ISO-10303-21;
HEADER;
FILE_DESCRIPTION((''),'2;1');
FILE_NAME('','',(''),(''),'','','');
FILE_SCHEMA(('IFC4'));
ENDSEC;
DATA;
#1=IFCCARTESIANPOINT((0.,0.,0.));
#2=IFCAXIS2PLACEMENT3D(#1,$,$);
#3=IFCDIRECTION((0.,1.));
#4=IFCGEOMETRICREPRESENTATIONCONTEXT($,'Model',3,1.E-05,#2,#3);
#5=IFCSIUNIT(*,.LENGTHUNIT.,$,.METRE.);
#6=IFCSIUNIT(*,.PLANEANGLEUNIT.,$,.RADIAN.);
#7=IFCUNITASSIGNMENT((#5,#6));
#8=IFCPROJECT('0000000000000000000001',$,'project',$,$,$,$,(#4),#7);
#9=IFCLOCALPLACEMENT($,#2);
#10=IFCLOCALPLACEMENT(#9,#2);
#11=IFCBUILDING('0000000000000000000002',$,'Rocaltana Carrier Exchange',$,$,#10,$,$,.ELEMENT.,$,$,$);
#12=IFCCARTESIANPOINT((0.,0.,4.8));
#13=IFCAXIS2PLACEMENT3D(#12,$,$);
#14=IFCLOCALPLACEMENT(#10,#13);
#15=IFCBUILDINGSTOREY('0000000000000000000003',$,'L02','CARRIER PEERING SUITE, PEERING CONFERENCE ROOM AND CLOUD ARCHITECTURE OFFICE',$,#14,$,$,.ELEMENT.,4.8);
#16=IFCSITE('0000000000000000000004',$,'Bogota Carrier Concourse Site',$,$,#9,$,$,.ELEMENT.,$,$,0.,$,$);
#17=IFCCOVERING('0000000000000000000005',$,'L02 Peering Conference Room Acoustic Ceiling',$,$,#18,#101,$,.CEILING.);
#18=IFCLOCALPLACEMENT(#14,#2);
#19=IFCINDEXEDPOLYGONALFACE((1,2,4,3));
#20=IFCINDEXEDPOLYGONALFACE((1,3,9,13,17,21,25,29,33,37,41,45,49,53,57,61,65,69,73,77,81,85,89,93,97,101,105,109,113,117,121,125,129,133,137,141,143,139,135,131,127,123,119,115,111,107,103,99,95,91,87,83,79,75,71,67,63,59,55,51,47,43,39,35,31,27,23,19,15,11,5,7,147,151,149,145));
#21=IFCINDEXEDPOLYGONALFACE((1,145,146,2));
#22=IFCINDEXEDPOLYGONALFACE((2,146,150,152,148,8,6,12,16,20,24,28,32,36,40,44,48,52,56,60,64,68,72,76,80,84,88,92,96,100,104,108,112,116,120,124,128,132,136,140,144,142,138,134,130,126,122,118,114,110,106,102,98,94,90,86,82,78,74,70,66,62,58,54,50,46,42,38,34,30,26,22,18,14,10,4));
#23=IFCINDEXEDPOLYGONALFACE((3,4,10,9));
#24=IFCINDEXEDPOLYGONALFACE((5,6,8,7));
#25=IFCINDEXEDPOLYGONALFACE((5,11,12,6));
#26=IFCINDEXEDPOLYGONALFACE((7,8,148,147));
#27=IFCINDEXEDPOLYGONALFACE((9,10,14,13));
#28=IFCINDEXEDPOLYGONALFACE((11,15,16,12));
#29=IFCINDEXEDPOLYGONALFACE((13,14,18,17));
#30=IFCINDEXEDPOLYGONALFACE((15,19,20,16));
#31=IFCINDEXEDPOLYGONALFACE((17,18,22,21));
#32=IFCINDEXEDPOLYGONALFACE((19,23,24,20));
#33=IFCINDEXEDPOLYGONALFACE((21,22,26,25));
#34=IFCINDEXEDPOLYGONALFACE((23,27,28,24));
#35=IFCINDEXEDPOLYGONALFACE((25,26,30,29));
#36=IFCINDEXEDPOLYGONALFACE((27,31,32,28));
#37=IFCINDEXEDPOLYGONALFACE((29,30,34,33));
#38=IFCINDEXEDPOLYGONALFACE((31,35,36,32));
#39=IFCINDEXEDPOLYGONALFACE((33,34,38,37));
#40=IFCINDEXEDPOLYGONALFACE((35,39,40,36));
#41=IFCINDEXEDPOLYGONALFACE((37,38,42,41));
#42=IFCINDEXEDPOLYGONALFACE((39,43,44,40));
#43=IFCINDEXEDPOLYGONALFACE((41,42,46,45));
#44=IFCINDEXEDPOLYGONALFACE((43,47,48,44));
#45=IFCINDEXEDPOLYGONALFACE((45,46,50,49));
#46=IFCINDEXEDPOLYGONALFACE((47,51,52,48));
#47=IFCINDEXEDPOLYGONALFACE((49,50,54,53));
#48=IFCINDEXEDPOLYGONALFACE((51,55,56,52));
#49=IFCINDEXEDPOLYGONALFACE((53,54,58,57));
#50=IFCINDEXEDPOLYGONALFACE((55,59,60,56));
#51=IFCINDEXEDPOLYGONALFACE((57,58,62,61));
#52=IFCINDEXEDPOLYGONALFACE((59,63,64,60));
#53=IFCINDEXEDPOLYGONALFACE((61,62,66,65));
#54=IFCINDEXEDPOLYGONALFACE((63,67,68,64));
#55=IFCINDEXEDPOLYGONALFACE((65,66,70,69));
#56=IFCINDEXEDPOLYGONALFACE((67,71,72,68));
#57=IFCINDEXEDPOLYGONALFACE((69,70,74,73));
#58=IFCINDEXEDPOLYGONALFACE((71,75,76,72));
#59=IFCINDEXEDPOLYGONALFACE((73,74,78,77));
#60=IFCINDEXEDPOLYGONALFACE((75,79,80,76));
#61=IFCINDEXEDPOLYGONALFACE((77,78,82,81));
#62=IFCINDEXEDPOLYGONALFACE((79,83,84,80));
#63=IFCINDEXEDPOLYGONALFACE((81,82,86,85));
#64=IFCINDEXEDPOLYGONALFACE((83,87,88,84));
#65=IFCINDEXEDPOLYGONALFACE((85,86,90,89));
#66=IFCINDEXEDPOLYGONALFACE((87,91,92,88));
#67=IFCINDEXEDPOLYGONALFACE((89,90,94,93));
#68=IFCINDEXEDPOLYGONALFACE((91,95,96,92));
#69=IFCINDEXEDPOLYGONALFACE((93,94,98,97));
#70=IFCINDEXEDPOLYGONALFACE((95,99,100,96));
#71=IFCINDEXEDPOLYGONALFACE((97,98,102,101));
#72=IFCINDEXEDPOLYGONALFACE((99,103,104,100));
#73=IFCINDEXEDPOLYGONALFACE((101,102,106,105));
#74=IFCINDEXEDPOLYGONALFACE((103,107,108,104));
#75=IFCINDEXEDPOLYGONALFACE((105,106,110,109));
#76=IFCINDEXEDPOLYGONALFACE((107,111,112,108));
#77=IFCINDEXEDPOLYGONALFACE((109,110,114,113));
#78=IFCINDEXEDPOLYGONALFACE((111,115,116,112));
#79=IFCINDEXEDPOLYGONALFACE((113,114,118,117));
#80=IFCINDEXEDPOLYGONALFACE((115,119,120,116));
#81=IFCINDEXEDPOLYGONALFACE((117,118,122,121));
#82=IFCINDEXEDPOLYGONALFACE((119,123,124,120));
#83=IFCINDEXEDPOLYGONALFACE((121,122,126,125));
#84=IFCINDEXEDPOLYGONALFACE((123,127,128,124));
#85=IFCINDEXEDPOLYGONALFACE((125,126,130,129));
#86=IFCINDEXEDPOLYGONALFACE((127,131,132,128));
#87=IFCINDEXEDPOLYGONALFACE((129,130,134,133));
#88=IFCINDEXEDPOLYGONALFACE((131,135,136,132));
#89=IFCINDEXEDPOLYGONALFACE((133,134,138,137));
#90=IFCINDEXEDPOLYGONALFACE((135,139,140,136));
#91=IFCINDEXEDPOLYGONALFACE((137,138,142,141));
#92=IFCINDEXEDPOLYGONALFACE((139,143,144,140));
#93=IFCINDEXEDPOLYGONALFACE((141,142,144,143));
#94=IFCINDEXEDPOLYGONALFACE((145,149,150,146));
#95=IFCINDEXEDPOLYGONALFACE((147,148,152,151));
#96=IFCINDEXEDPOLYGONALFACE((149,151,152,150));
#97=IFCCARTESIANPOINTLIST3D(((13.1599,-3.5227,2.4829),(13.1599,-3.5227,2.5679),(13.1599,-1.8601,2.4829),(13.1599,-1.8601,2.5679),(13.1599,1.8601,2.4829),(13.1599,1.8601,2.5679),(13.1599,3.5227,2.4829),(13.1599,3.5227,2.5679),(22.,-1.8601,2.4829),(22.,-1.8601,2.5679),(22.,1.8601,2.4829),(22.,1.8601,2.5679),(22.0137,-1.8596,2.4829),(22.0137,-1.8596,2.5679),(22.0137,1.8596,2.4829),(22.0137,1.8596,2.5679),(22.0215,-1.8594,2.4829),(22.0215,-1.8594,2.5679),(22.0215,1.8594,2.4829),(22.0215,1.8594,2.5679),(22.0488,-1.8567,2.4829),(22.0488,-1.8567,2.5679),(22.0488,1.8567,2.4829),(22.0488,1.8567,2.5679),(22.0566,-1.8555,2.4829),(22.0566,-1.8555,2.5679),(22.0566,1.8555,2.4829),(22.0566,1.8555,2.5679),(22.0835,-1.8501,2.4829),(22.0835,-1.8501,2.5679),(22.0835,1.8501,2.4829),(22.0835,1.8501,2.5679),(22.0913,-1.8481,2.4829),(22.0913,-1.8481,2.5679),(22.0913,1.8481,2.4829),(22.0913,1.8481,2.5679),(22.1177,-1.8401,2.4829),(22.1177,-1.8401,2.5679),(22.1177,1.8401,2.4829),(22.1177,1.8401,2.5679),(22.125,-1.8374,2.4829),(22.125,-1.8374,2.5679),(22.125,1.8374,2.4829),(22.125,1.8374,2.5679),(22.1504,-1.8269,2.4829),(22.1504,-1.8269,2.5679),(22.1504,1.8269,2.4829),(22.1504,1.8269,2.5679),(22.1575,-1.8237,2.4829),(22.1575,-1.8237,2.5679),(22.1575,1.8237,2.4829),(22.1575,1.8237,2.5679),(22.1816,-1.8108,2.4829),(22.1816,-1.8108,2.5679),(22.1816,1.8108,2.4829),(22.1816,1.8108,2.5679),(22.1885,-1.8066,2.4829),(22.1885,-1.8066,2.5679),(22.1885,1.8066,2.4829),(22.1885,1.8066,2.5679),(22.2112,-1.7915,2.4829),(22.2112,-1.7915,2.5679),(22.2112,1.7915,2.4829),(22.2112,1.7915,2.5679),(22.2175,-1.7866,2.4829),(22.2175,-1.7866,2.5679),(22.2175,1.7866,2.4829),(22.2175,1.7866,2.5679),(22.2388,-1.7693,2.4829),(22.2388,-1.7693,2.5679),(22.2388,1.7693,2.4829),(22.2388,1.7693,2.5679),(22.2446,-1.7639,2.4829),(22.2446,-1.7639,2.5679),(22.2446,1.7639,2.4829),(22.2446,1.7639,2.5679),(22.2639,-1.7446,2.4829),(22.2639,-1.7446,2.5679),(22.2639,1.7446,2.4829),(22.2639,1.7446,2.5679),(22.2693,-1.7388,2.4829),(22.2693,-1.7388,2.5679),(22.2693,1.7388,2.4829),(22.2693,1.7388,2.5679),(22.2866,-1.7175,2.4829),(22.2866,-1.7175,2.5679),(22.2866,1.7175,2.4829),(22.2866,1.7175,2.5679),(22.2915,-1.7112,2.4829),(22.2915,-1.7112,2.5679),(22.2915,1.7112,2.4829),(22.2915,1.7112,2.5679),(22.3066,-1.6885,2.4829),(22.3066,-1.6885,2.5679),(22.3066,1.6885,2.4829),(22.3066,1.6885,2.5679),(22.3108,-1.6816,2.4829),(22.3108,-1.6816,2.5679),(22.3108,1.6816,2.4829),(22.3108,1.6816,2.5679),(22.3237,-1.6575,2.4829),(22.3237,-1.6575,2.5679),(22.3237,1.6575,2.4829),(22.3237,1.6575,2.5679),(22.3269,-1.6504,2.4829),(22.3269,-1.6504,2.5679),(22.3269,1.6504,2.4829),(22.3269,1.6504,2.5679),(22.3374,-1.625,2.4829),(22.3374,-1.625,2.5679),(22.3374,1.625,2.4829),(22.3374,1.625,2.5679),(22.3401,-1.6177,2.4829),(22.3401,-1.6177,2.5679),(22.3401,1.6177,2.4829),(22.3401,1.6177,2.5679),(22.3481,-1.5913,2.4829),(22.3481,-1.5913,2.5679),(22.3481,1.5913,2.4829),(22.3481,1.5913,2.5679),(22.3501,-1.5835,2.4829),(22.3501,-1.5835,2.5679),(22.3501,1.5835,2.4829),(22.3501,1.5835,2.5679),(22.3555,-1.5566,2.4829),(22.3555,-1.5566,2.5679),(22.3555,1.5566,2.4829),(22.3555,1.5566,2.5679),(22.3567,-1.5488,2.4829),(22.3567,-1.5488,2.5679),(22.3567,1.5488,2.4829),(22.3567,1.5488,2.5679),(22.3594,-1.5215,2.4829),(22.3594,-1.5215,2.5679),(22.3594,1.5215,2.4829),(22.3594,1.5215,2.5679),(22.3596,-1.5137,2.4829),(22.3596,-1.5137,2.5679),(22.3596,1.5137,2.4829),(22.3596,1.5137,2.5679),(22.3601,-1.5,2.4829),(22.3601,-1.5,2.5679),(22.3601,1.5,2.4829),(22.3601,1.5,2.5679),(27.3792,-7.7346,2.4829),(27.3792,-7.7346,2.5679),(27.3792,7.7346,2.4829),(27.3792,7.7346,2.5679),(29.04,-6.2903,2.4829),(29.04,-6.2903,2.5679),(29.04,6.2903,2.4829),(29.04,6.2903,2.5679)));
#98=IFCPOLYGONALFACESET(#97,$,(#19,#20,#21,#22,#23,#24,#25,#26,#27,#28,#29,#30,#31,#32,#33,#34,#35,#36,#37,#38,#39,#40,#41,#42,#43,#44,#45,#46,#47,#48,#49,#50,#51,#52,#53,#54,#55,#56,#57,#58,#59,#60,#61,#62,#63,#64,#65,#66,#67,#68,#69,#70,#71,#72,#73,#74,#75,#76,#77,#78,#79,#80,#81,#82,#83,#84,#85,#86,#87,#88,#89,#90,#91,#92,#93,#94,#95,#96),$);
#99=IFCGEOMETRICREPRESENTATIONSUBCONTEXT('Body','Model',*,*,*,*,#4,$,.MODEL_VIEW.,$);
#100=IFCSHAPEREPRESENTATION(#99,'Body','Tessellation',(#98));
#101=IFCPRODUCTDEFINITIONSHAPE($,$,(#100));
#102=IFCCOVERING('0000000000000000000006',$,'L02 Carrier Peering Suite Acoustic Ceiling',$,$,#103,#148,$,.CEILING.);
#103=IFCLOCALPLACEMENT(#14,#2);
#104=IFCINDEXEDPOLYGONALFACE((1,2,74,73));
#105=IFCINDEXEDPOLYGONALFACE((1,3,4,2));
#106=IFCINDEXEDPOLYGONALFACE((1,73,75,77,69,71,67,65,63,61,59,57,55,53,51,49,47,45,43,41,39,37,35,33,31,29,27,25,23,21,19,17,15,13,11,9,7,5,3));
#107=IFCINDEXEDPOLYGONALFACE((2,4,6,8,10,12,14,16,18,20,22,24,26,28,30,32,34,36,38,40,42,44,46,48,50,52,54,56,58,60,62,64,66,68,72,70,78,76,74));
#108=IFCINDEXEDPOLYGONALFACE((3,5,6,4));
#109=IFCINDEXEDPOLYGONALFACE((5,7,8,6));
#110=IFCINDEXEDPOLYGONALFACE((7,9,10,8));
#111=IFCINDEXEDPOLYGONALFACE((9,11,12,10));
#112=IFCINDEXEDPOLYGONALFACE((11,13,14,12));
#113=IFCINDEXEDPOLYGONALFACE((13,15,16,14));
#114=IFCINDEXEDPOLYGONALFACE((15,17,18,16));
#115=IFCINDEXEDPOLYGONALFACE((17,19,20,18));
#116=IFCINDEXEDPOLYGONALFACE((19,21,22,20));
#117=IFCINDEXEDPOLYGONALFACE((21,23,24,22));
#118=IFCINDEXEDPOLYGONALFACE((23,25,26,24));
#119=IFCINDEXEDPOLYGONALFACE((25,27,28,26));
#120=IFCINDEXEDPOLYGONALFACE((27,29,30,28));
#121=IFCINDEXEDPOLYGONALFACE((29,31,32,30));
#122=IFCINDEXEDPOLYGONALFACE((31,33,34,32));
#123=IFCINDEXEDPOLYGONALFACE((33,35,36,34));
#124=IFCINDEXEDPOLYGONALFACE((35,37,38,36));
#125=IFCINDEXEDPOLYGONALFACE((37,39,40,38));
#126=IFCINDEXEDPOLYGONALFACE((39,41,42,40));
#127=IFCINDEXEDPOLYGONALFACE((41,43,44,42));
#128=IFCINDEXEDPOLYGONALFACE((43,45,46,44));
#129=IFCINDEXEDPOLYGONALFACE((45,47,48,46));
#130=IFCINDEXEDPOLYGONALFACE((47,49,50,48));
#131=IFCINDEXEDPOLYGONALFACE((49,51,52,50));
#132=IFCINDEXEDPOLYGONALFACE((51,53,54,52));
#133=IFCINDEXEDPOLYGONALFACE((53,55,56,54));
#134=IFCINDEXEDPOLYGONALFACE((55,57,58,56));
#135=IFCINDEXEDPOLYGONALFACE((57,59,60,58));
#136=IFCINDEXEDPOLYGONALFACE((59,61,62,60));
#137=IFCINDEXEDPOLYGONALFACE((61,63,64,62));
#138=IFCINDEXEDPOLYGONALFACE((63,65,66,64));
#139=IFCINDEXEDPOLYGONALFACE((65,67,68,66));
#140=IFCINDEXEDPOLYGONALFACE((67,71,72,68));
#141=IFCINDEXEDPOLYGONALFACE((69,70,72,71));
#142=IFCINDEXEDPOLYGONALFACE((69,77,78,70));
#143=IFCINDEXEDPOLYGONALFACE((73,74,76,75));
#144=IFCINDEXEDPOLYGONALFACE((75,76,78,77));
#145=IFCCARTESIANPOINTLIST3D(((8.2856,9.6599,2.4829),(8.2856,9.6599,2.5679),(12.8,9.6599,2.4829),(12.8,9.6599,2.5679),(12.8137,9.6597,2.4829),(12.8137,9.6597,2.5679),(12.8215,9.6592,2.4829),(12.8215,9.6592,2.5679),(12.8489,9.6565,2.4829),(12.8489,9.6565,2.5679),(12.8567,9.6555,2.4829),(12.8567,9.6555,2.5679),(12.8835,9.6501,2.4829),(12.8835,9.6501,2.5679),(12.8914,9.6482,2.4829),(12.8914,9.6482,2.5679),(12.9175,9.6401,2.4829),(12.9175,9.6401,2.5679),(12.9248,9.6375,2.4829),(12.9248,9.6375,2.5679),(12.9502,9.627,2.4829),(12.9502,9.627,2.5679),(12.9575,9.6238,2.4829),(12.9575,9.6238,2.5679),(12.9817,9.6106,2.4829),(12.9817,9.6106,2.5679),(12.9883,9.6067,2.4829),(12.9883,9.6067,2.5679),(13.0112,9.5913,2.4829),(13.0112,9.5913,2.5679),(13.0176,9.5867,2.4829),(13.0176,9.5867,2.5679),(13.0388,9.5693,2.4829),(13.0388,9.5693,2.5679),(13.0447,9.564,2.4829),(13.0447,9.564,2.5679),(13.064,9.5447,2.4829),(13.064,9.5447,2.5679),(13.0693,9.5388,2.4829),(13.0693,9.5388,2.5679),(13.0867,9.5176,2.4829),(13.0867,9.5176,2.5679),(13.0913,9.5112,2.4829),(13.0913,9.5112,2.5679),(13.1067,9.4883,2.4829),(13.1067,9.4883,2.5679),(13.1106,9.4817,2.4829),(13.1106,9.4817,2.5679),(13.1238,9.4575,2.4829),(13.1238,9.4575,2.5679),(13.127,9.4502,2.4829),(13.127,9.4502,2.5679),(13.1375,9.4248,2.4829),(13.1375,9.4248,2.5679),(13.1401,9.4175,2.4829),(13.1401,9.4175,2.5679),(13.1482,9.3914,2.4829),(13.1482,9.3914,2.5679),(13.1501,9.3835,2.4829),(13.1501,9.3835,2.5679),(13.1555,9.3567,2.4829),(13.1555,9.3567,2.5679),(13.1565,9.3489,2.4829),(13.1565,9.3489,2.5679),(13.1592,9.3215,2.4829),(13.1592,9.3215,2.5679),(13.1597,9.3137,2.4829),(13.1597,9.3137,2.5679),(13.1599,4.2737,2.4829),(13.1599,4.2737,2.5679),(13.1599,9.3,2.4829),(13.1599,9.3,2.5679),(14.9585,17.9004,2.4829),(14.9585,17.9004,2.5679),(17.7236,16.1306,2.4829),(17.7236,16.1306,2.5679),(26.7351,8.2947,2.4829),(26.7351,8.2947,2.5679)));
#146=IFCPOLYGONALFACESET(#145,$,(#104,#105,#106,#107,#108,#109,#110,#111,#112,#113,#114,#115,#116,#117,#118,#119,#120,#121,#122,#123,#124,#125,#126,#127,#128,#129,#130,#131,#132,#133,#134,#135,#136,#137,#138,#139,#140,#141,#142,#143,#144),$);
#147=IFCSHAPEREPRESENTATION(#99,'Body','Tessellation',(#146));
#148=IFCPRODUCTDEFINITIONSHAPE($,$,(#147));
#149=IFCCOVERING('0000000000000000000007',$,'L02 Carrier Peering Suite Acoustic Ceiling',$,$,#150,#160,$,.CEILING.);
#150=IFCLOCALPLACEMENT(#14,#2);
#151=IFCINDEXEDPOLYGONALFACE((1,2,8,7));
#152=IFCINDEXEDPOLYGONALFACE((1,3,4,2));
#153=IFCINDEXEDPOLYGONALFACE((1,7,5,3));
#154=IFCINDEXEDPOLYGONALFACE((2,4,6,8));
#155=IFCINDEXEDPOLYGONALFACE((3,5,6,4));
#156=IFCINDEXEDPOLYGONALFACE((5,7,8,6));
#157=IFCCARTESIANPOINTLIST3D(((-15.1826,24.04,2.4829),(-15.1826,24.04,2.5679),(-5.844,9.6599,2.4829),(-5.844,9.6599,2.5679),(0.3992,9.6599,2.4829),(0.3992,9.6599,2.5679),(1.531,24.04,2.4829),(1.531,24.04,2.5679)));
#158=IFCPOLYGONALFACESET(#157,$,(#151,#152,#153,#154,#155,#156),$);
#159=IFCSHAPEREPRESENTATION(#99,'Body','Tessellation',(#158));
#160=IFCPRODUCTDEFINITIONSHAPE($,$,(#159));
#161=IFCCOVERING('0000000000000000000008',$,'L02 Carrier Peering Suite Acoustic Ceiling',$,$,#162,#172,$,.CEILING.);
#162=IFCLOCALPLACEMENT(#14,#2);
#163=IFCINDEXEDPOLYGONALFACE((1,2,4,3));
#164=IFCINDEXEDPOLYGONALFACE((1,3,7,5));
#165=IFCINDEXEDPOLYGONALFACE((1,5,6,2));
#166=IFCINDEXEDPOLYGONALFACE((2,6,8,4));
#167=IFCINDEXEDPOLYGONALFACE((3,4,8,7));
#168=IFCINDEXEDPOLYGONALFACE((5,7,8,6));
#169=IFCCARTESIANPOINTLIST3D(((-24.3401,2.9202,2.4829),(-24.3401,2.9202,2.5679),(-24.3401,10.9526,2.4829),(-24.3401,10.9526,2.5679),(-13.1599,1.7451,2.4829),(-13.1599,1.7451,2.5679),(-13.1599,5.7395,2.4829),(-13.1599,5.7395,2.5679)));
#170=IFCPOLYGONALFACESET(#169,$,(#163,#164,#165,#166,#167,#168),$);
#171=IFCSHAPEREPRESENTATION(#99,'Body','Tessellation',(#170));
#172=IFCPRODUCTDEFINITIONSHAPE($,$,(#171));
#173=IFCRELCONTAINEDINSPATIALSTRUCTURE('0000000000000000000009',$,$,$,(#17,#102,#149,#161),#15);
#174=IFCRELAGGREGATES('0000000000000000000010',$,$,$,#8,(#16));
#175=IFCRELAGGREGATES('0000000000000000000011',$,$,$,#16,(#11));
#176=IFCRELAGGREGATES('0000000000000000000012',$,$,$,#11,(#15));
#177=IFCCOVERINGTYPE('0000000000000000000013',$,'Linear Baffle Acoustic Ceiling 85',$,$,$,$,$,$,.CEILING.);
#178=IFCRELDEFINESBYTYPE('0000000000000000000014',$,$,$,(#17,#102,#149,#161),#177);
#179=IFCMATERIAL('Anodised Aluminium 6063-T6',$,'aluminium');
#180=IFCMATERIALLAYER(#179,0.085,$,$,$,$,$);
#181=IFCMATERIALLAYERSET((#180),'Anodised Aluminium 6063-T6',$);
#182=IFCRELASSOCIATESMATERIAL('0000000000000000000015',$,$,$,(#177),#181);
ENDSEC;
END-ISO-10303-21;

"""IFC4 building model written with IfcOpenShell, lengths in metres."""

from ifc_helpers import new_model, si_unit, direction, frame, origin, place, context, subcontext, project, spatial, polyline, outline, extrude, material, layer, layer_set, type_object, element, save


model = new_model("IFC4")

# Units and contexts
model_context = context("Model", 3, precision=1e-05, world=origin(), true_north=direction((0.0, 1.0)))
body_context = subcontext(model_context, "Body", "Model", "MODEL_VIEW")
ifc_project = project(units=[si_unit("LENGTHUNIT", "METRE"), si_unit("PLANEANGLEUNIT", "RADIAN")], contexts=[model_context])

# Site, building, storey
site_placement = place(None, origin())
site = spatial("IfcSite", under=ifc_project, at=site_placement, Name="Bogota Carrier Concourse Site", CompositionType="ELEMENT", RefElevation=0.0)
building_placement = place(site_placement, origin())
building = spatial("IfcBuilding", under=site, at=building_placement, Name="Rocaltana Carrier Exchange", CompositionType="ELEMENT")
storey_placement = place(building_placement, frame((0.0, 0.0, 4.8)))
storey = spatial("IfcBuildingStorey", under=building, at=storey_placement, Name="L02", Description="CARRIER PEERING SUITE, PEERING CONFERENCE ROOM AND CLOUD ARCHITECTURE OFFICE", CompositionType="ELEMENT", Elevation=4.8)

# Coverings
ifc_material_1 = material(Name="Anodised Aluminium 6063-T6", Category="aluminium")
ifc_layer_1 = layer(ifc_material_1, 0.085)
ifc_layer_set_1 = layer_set([ifc_layer_1], Name="Anodised Aluminium 6063-T6")
covering_type_1 = type_object("IfcCoveringType", Name="Linear Baffle Acoustic Ceiling 85", PredefinedType="CEILING", material=ifc_layer_set_1)
covering_1_placement = place(storey_placement, frame((0.0, 0.0, 2.4829)))
element("IfcCovering", 1, at=covering_1_placement, inside=storey, type_object=covering_type_1, Name="L02 Peering Conference Room Acoustic Ceiling", PredefinedType="CEILING", context=body_context, shape_type="SweptSolid", body=[
    extrude(outline(polyline([(29.04, 6.2903), (29.04, -6.2903), (27.3792, -7.7346), (13.1599, -3.5227), (13.1599, -1.8601), (22.0, -1.8601), (22.0137, -1.8596), (22.0215, -1.8594), (22.0488, -1.8567), (22.0566, -1.8555), (22.0835, -1.8501), (22.0913, -1.8481), (22.1177, -1.8401), (22.125, -1.8374), (22.1504, -1.8269), (22.1575, -1.8237), (22.1816, -1.8108), (22.1885, -1.8066), (22.2112, -1.7915), (22.2175, -1.7866), (22.2388, -1.7693), (22.2446, -1.7639), (22.2639, -1.7446), (22.2693, -1.7388), (22.2866, -1.7175), (22.2915, -1.7112), (22.3066, -1.6885), (22.3108, -1.6816), (22.3237, -1.6575), (22.3269, -1.6504), (22.3374, -1.625), (22.3401, -1.6177), (22.3481, -1.5913), (22.3501, -1.5835), (22.3555, -1.5566), (22.3567, -1.5488), (22.3594, -1.5215), (22.3596, -1.5137), (22.3601, -1.5), (22.3601, 1.5), (22.3596, 1.5137), (22.3594, 1.5215), (22.3567, 1.5488), (22.3555, 1.5566), (22.3501, 1.5835), (22.3481, 1.5913), (22.3401, 1.6177), (22.3374, 1.625), (22.3269, 1.6504), (22.3237, 1.6575), (22.3108, 1.6816), (22.3066, 1.6885), (22.2915, 1.7112), (22.2866, 1.7175), (22.2693, 1.7388), (22.2639, 1.7446), (22.2446, 1.7639), (22.2388, 1.7693), (22.2175, 1.7866), (22.2112, 1.7915), (22.1885, 1.8066), (22.1816, 1.8108), (22.1575, 1.8237), (22.1504, 1.8269), (22.125, 1.8374), (22.1177, 1.8401), (22.0913, 1.8481), (22.0835, 1.8501), (22.0566, 1.8555), (22.0488, 1.8567), (22.0215, 1.8594), (22.0137, 1.8596), (22.0, 1.8601), (13.1599, 1.8601), (13.1599, 3.5227), (27.3792, 7.7346), (29.04, 6.2903)])), origin(), (0.0, 0.0, 1.0), 0.085),
])
covering_2_placement = place(storey_placement, frame((0.0, 0.0, 2.4829)))
element("IfcCovering", 2, at=covering_2_placement, inside=storey, type_object=covering_type_1, Name="L02 Carrier Peering Suite Acoustic Ceiling", PredefinedType="CEILING", context=body_context, shape_type="SweptSolid", body=[
    extrude(outline(polyline([(17.7236, 16.1306), (26.7351, 8.2947), (13.1599, 4.2737), (13.1599, 9.3), (13.1597, 9.3137), (13.1592, 9.3215), (13.1565, 9.3489), (13.1555, 9.3567), (13.1501, 9.3835), (13.1482, 9.3914), (13.1401, 9.4175), (13.1375, 9.4248), (13.127, 9.4502), (13.1238, 9.4575), (13.1106, 9.4817), (13.1067, 9.4883), (13.0913, 9.5112), (13.0867, 9.5176), (13.0693, 9.5388), (13.064, 9.5447), (13.0447, 9.564), (13.0388, 9.5693), (13.0176, 9.5867), (13.0112, 9.5913), (12.9883, 9.6067), (12.9817, 9.6106), (12.9575, 9.6238), (12.9502, 9.627), (12.9248, 9.6375), (12.9175, 9.6401), (12.8914, 9.6482), (12.8835, 9.6501), (12.8567, 9.6555), (12.8489, 9.6565), (12.8215, 9.6592), (12.8137, 9.6597), (12.8, 9.6599), (8.2856, 9.6599), (14.9585, 17.9004), (17.7236, 16.1306)])), origin(), (0.0, 0.0, 1.0), 0.085),
])
covering_3_placement = place(storey_placement, frame((0.0, 0.0, 2.4829)))
element("IfcCovering", 3, at=covering_3_placement, inside=storey, type_object=covering_type_1, Name="L02 Carrier Peering Suite Acoustic Ceiling", PredefinedType="CEILING", context=body_context, shape_type="SweptSolid", body=[
    extrude(outline(polyline([(1.531, 24.04), (0.3992, 9.6599), (-5.844, 9.6599), (-15.1826, 24.04), (1.531, 24.04)])), origin(), (0.0, 0.0, 1.0), 0.085),
])
covering_4_placement = place(storey_placement, frame((0.0, 0.0, 2.4829)))
element("IfcCovering", 4, at=covering_4_placement, inside=storey, type_object=covering_type_1, Name="L02 Carrier Peering Suite Acoustic Ceiling", PredefinedType="CEILING", context=body_context, shape_type="SweptSolid", body=[
    extrude(outline(polyline([(-24.3401, 10.9526), (-13.1599, 5.7395), (-13.1599, 1.7451), (-24.3401, 2.9202), (-24.3401, 10.9526)])), origin(), (0.0, 0.0, 1.0), 0.085),
])

save(model, "model.ifc")
